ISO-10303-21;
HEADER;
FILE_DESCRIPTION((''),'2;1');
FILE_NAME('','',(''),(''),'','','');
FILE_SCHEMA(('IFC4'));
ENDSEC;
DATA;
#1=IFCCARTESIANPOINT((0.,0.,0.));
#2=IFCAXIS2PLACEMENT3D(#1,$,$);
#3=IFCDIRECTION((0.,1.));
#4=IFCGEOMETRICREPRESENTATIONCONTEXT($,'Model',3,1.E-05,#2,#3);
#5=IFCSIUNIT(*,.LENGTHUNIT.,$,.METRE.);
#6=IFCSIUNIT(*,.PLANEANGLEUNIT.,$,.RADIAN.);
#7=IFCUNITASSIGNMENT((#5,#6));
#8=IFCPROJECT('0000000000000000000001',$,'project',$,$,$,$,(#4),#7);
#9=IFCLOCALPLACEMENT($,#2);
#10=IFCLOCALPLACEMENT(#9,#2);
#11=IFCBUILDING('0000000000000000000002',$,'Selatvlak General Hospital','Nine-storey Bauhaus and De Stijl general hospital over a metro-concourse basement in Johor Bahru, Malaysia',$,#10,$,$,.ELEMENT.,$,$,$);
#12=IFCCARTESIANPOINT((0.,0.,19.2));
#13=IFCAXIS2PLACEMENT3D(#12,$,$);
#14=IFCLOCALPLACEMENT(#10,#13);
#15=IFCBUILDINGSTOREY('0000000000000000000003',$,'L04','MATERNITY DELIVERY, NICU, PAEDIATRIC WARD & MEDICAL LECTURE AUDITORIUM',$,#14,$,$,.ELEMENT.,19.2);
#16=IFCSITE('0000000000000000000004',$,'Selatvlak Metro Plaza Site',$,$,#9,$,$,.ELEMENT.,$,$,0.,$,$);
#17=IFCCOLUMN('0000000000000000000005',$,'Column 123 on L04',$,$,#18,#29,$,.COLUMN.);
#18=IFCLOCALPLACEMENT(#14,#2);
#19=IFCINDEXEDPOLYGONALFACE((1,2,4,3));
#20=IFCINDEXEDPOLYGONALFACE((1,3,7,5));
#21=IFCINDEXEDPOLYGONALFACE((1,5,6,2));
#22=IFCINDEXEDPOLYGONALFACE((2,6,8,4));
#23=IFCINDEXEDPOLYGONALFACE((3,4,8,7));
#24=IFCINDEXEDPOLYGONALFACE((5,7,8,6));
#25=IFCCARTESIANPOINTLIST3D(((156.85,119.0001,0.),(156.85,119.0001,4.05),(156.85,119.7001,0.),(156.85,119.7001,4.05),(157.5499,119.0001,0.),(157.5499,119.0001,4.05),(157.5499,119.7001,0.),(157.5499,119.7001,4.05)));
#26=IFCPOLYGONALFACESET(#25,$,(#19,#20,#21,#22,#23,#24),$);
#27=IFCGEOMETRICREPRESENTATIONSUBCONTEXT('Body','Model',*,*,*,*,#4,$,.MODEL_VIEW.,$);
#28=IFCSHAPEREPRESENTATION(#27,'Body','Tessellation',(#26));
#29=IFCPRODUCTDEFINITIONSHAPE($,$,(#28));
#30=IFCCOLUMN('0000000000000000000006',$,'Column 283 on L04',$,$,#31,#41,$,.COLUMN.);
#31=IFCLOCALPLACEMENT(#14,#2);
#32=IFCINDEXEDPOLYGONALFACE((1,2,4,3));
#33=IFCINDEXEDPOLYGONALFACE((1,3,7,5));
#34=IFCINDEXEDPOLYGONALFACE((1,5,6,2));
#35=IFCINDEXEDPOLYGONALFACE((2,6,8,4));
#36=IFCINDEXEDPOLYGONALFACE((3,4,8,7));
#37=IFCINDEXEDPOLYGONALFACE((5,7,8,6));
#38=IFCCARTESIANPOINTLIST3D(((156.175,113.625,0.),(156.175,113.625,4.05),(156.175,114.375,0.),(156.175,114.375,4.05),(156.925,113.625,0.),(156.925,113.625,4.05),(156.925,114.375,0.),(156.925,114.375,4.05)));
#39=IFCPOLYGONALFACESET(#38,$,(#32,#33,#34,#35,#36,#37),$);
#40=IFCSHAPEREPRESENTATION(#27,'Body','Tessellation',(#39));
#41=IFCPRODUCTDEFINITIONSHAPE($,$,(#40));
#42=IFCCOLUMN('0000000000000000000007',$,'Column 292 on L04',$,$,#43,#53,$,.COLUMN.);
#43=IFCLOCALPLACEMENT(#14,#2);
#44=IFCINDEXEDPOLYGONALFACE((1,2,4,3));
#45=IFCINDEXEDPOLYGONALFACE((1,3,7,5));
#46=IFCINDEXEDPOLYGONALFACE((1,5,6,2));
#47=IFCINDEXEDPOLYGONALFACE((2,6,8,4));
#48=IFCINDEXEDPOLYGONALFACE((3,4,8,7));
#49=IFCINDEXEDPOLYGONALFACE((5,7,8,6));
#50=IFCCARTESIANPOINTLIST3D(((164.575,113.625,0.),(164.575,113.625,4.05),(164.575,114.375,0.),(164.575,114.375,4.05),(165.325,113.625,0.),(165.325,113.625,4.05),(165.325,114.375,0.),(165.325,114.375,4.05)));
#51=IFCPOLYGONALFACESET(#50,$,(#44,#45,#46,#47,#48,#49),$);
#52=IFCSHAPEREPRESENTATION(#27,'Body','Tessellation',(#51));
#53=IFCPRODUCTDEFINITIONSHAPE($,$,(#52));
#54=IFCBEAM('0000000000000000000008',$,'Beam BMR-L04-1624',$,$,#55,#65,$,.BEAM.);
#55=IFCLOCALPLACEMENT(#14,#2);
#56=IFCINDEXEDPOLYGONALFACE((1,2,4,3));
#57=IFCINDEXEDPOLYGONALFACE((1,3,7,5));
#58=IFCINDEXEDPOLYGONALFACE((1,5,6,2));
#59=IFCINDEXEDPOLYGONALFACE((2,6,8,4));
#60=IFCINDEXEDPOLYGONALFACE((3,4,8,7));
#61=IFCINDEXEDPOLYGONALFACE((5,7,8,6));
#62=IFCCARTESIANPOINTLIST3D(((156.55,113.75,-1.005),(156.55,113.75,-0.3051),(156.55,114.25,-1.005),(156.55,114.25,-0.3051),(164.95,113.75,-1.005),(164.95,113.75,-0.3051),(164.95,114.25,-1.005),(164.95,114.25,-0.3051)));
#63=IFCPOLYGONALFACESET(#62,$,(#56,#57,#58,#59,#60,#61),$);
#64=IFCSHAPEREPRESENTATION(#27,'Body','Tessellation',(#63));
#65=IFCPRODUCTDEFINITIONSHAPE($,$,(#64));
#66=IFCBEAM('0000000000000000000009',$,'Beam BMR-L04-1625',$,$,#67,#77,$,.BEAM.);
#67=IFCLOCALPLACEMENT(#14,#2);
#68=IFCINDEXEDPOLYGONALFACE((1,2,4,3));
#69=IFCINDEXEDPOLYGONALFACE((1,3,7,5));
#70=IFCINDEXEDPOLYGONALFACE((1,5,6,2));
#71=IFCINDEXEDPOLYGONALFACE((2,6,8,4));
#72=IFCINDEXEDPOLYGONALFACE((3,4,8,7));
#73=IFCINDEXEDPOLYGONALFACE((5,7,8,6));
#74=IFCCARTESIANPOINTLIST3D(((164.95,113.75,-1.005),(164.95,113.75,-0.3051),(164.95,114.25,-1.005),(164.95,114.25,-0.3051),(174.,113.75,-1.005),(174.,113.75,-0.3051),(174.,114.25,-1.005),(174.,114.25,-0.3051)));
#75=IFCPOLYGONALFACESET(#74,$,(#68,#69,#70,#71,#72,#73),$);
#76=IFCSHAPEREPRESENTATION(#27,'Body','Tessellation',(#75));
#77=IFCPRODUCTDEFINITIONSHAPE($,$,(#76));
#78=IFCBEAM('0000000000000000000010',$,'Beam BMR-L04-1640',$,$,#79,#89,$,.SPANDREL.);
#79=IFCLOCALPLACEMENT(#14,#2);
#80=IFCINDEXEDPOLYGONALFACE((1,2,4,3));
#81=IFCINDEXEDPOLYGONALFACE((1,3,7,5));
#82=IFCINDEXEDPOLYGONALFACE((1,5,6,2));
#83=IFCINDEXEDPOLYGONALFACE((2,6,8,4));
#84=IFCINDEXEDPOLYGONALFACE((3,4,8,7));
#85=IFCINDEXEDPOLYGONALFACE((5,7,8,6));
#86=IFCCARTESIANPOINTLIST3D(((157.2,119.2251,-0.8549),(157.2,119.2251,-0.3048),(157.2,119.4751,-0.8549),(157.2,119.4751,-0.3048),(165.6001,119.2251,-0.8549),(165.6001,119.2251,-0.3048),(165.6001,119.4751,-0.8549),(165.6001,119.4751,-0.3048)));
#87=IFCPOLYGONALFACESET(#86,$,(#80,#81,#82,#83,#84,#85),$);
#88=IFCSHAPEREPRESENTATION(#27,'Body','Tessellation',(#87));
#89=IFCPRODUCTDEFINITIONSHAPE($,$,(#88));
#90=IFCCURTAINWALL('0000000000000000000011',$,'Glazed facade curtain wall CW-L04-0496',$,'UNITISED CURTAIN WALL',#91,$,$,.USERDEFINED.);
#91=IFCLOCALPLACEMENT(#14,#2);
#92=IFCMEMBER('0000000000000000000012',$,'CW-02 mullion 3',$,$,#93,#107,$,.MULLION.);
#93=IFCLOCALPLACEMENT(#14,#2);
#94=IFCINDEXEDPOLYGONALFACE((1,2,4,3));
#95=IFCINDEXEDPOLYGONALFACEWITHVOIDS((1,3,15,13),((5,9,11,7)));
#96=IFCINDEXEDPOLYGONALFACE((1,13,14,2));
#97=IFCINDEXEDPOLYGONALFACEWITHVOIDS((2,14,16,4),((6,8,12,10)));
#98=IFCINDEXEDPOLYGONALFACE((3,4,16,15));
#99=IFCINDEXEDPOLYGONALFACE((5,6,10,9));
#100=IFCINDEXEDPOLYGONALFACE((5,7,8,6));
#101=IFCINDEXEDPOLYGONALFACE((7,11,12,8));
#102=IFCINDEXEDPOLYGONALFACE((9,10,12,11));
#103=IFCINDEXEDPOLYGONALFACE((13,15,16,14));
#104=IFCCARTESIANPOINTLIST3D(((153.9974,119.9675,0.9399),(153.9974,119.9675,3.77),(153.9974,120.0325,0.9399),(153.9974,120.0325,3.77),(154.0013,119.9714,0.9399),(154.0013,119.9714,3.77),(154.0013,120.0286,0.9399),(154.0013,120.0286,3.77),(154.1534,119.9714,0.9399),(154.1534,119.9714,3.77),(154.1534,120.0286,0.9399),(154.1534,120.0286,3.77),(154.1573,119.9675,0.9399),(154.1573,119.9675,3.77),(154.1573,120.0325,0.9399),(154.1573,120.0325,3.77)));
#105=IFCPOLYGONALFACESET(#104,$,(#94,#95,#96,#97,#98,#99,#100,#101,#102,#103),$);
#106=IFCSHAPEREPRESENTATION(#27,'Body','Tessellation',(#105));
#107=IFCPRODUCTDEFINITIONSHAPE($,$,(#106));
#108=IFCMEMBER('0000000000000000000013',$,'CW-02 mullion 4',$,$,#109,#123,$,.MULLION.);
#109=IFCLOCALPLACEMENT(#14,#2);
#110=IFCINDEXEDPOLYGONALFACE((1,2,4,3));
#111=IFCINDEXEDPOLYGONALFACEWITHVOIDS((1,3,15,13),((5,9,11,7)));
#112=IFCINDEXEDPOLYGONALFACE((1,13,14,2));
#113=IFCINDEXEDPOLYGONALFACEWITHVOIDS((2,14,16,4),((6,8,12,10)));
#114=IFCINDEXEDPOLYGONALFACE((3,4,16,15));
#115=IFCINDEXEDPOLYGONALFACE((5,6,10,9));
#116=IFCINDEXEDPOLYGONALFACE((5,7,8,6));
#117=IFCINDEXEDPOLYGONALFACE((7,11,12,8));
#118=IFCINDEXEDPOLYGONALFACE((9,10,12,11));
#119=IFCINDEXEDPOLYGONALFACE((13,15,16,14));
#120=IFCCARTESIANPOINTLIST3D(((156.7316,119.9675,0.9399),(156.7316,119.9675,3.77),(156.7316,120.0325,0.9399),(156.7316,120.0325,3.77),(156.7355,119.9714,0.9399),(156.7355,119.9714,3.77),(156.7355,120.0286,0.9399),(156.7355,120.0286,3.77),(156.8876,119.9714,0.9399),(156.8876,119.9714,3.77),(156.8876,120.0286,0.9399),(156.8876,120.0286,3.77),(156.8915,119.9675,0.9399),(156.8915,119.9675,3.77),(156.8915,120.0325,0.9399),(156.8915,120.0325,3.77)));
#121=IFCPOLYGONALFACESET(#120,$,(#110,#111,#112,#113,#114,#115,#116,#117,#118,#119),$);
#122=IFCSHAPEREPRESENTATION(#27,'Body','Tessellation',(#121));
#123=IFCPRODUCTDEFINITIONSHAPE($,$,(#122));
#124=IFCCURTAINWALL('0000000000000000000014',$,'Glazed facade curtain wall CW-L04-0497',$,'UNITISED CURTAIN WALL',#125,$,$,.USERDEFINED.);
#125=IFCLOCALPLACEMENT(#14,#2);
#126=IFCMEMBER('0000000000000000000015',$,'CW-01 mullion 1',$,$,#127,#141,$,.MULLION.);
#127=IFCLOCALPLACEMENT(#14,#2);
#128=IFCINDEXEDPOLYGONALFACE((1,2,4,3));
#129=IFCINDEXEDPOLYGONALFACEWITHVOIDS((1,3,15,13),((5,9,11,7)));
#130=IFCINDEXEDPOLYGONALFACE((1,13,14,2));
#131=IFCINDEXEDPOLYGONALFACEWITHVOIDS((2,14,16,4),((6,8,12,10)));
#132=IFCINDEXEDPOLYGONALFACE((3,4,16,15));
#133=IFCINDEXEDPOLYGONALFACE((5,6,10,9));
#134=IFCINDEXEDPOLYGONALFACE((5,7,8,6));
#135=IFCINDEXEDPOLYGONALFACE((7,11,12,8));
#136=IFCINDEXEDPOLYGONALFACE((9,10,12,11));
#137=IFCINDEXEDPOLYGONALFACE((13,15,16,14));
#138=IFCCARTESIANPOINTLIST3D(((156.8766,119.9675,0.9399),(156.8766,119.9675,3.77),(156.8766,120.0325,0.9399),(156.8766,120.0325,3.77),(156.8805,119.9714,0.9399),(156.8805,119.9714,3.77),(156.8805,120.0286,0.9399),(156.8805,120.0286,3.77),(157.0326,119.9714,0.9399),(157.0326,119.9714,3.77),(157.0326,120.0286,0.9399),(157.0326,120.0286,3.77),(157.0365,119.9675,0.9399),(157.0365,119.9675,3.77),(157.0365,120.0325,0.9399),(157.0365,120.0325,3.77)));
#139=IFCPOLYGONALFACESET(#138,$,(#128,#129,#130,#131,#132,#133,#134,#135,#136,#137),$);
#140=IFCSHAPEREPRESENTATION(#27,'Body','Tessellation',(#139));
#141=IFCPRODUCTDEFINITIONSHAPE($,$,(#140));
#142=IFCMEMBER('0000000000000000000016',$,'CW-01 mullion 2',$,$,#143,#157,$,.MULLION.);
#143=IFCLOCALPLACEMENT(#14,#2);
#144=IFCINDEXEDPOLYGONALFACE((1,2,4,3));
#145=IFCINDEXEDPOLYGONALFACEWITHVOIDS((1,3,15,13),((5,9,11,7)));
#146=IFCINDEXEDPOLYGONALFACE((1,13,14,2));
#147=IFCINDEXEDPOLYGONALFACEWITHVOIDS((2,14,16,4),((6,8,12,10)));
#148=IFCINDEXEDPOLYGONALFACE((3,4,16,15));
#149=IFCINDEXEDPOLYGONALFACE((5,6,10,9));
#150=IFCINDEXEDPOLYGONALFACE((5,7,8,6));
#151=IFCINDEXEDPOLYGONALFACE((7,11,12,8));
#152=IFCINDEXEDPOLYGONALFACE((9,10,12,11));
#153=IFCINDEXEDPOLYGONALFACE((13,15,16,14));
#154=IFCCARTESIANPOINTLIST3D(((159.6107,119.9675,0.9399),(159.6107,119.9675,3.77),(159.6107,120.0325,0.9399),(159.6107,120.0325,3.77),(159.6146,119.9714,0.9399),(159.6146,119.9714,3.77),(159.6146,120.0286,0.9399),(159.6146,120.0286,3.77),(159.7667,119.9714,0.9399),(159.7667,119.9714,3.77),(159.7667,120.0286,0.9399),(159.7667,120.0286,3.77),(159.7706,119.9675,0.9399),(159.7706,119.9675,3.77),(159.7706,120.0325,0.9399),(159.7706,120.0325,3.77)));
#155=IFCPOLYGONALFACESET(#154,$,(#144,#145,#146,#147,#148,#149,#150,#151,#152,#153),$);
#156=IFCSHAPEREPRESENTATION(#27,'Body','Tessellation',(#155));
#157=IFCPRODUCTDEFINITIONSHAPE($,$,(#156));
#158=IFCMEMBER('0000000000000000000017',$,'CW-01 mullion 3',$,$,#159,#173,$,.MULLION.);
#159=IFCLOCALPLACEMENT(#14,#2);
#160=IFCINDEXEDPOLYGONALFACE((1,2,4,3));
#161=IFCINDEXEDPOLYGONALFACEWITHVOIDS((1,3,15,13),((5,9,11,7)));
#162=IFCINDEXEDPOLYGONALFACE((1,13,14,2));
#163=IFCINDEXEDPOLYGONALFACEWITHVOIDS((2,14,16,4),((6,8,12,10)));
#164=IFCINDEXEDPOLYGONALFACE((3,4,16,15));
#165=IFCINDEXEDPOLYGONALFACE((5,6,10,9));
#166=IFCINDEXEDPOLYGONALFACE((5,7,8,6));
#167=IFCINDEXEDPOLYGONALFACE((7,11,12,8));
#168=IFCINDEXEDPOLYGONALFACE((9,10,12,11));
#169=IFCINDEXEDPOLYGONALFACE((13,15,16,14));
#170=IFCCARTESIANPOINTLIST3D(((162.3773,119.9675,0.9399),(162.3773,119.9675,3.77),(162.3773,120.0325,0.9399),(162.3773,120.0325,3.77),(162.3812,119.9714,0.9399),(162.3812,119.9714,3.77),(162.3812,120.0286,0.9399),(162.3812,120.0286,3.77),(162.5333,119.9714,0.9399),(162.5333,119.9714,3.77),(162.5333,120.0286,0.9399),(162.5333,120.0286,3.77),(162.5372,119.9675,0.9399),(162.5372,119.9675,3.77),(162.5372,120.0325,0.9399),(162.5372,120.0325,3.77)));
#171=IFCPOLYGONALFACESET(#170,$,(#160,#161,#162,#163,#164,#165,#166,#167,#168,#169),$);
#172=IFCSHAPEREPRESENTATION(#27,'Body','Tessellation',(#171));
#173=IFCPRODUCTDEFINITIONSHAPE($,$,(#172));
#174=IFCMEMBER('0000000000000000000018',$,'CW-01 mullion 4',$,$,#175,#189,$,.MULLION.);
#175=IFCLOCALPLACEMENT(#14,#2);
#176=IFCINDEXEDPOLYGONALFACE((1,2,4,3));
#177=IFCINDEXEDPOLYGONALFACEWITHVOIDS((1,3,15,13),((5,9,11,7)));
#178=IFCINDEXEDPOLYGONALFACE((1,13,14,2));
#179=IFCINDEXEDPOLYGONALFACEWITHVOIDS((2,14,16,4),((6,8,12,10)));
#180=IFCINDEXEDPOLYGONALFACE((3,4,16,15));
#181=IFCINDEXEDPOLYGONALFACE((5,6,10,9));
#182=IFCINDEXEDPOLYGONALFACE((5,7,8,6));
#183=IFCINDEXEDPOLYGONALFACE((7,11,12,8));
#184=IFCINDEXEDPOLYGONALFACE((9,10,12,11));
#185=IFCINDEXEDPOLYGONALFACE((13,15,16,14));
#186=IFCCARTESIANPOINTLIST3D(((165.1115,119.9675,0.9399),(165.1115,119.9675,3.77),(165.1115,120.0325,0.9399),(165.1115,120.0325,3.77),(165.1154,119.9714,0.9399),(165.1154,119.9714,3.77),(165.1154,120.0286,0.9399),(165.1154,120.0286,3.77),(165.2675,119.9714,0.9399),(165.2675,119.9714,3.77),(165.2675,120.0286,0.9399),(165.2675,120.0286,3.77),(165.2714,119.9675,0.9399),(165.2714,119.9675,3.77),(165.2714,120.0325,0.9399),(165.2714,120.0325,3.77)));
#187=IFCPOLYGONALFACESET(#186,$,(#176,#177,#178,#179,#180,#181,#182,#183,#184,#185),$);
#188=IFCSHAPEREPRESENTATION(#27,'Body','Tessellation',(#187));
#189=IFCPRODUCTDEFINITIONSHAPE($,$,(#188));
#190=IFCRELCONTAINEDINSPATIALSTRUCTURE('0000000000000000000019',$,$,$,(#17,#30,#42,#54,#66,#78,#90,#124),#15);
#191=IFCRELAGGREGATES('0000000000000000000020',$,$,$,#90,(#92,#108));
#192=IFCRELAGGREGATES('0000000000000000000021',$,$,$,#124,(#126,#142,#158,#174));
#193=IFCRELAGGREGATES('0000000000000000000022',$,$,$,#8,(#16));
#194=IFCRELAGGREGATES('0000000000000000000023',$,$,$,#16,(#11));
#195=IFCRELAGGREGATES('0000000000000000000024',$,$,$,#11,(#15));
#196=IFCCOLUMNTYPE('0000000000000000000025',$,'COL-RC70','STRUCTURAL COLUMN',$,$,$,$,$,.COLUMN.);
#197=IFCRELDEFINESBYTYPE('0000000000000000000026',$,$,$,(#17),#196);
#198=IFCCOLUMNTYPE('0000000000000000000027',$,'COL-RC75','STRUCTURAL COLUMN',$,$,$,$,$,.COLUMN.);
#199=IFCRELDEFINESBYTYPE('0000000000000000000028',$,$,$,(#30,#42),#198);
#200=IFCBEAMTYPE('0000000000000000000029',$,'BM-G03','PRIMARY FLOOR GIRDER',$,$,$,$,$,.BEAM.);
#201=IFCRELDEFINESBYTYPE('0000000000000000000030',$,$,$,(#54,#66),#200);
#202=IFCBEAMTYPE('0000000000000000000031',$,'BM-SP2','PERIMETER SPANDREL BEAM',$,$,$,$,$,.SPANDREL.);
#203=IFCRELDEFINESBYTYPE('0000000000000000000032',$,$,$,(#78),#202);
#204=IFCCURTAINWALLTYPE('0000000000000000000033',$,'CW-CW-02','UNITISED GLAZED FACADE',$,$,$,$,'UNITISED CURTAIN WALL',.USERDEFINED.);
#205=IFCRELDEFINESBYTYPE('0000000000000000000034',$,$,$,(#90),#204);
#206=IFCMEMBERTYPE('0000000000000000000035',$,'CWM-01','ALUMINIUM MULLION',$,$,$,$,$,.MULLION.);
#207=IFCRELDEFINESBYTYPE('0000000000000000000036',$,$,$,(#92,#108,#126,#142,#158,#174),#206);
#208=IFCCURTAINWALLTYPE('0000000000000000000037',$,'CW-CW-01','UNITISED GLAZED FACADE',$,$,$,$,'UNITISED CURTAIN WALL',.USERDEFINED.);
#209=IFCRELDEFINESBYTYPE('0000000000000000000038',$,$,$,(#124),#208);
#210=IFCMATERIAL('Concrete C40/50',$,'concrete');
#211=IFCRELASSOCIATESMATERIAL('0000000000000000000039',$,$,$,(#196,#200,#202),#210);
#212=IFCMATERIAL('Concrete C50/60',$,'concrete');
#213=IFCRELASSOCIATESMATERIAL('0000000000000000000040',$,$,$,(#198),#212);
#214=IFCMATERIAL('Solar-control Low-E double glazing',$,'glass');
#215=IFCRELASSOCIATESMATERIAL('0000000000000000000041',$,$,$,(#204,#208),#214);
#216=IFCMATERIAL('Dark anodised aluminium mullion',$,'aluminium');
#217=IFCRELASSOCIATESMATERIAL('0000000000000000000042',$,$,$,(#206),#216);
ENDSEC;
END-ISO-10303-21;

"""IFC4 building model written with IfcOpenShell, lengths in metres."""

from ifc_helpers import new_model, si_unit, direction, frame, origin, origin_2d, place, context, subcontext, project, spatial, rectangle, hollow_rectangle, extrude, material, material_profile, profile_set, type_object, element, aggregate, save


model = new_model("IFC4")

# Units and contexts
model_context = context("Model", 3, precision=1e-05, world=origin(), true_north=direction((0.0, 1.0)))
body_context = subcontext(model_context, "Body", "Model", "MODEL_VIEW")
ifc_project = project(units=[si_unit("LENGTHUNIT", "METRE"), si_unit("PLANEANGLEUNIT", "RADIAN")], contexts=[model_context])

# Site, building, storey
site_placement = place(None, origin())
site = spatial("IfcSite", under=ifc_project, at=site_placement, Name="Selatvlak Metro Plaza Site", CompositionType="ELEMENT", RefElevation=0.0)
building_placement = place(site_placement, origin())
building = spatial("IfcBuilding", under=site, at=building_placement, Name="Selatvlak General Hospital", Description="Nine-storey Bauhaus and De Stijl general hospital over a metro-concourse basement in Johor Bahru, Malaysia", CompositionType="ELEMENT")
storey_placement = place(building_placement, frame((0.0, 0.0, 19.2)))
storey = spatial("IfcBuildingStorey", under=building, at=storey_placement, Name="L04", Description="MATERNITY DELIVERY, NICU, PAEDIATRIC WARD & MEDICAL LECTURE AUDITORIUM", CompositionType="ELEMENT", Elevation=19.2)

# Columns
ifc_material_1 = material(Name="Concrete C40/50", Category="concrete")
ifc_material_profile_1 = material_profile(ifc_material_1, rectangle(XDim=0.7, YDim=0.7, at=origin_2d()), Name="RC-COL 700x700")
ifc_profile_set_1 = profile_set([ifc_material_profile_1], Name="Concrete C40/50")
column_type_1 = type_object("IfcColumnType", Name="COL-RC70", Description="STRUCTURAL COLUMN", PredefinedType="COLUMN", material=ifc_profile_set_1)
column_placement = place(storey_placement, frame((157.2, 119.3501, 0.0), z_axis=(0.0, 0.0, 1.0), x_axis=(1.0, 0.0, 0.0)))
element("IfcColumn", 1, at=column_placement, inside=storey, type_object=column_type_1, Name="Column 123 on L04", PredefinedType="COLUMN", context=body_context, shape_type="SweptSolid", body=[
    extrude(rectangle(XDim=0.7, YDim=0.7, at=origin_2d()), origin(), (0.0, 0.0, 1.0), 4.05),
])
ifc_material_2 = material(Name="Concrete C50/60", Category="concrete")
ifc_material_profile_2 = material_profile(ifc_material_2, rectangle(XDim=0.75, YDim=0.75, at=origin_2d()), Name="RC-COL 750x750")
ifc_profile_set_2 = profile_set([ifc_material_profile_2], Name="Concrete C50/60")
column_type_2 = type_object("IfcColumnType", Name="COL-RC75", Description="STRUCTURAL COLUMN", PredefinedType="COLUMN", material=ifc_profile_set_2)
for number, where, z_axis, x_axis, name in (
    (2, (156.55, 114.0, 0.0), (0.0, 0.0, 1.0), (1.0, 0.0, 0.0), "Column 283 on L04"),
    (3, (164.95, 114.0, 0.0), (0.0, 0.0, 1.0), (1.0, 0.0, 0.0), "Column 292 on L04"),
):
    element("IfcColumn", number, at=place(storey_placement, frame(where, z_axis=z_axis, x_axis=x_axis)), inside=storey, type_object=column_type_2, Name=name, PredefinedType="COLUMN", context=body_context, shape_type="SweptSolid", body=[
        extrude(rectangle(XDim=0.75, YDim=0.75, at=origin_2d()), origin(), (0.0, 0.0, 1.0), 4.05),
    ])

# Beams
ifc_material_profile_3 = material_profile(ifc_material_1, rectangle(XDim=0.5, YDim=0.7, at=origin_2d()), Name="RC-BM 500x700")
ifc_profile_set_3 = profile_set([ifc_material_profile_3], Name="Concrete C40/50")
beam_type_1 = type_object("IfcBeamType", Name="BM-G03", Description="PRIMARY FLOOR GIRDER", PredefinedType="BEAM", material=ifc_profile_set_3)
beam_1_placement = place(storey_placement, frame((156.55, 114.0, -0.655), z_axis=(1.0, 0.0, 0.0), x_axis=(0.0, 1.0, 0.0)))
element("IfcBeam", 4, at=beam_1_placement, inside=storey, type_object=beam_type_1, Name="Beam BMR-L04-1624", PredefinedType="BEAM", context=body_context, shape_type="SweptSolid", body=[
    extrude(rectangle(XDim=0.5, YDim=0.7, at=origin_2d()), origin(), (0.0, 0.0, 1.0), 8.3999),
])
beam_2_placement = place(storey_placement, frame((164.95, 114.0, -0.655), z_axis=(1.0, 0.0, 0.0), x_axis=(0.0, 1.0, 0.0)))
element("IfcBeam", 5, at=beam_2_placement, inside=storey, type_object=beam_type_1, Name="Beam BMR-L04-1625", PredefinedType="BEAM", context=body_context, shape_type="SweptSolid", body=[
    extrude(rectangle(XDim=0.5, YDim=0.7, at=origin_2d()), origin(), (0.0, 0.0, 1.0), 9.05),
])
ifc_material_profile_4 = material_profile(ifc_material_1, rectangle(XDim=0.25, YDim=0.55, at=origin_2d()), Name="RC-SP 250x550")
ifc_profile_set_4 = profile_set([ifc_material_profile_4], Name="Concrete C40/50")
beam_type_2 = type_object("IfcBeamType", Name="BM-SP2", Description="PERIMETER SPANDREL BEAM", PredefinedType="SPANDREL", material=ifc_profile_set_4)
beam_3_placement = place(storey_placement, frame((157.2, 119.3501, -0.5798), z_axis=(1.0, 0.0, 0.0), x_axis=(0.0, 1.0, 0.0)))
element("IfcBeam", 6, at=beam_3_placement, inside=storey, type_object=beam_type_2, Name="Beam BMR-L04-1640", PredefinedType="SPANDREL", context=body_context, shape_type="SweptSolid", body=[
    extrude(rectangle(XDim=0.25, YDim=0.55, at=origin_2d()), origin(), (0.0, 0.0, 1.0), 8.4001),
])

# Curtain walls, members
ifc_material_3 = material(Name="Solar-control Low-E double glazing", Category="glass")
curtain_wall_type_1 = type_object("IfcCurtainWallType", Name="CW-CW-02", Description="UNITISED GLAZED FACADE", ElementType="UNITISED CURTAIN WALL", PredefinedType="USERDEFINED", material=ifc_material_3)
curtain_wall_1_placement = place(storey_placement, origin())
curtain_wall_1 = element("IfcCurtainWall", 7, at=curtain_wall_1_placement, inside=storey, type_object=curtain_wall_type_1, Name="Glazed facade curtain wall CW-L04-0496", ObjectType="UNITISED CURTAIN WALL", PredefinedType="USERDEFINED")
ifc_material_4 = material(Name="Dark anodised aluminium mullion", Category="aluminium")
ifc_material_profile_5 = material_profile(ifc_material_4, hollow_rectangle(XDim=0.0649, YDim=0.1599, WallThickness=0.0039, at=origin_2d()), Name="AL-MUL 65x160x4")
ifc_profile_set_5 = profile_set([ifc_material_profile_5], Name="Dark anodised aluminium mullion")
member_type_1 = type_object("IfcMemberType", Name="CWM-01", Description="ALUMINIUM MULLION", PredefinedType="MULLION", material=ifc_profile_set_5)
member_1_placement = place(storey_placement, frame((154.0774, 120.0, 0.9399), z_axis=(0.0, 0.0, 1.0), x_axis=(0.0, 1.0, 0.0)))
member_1 = element("IfcMember", 8, at=member_1_placement, type_object=member_type_1, Name="CW-02 mullion 3", PredefinedType="MULLION", context=body_context, shape_type="SweptSolid", body=[
    extrude(hollow_rectangle(XDim=0.0649, YDim=0.1599, WallThickness=0.0039, at=origin_2d()), origin(), (0.0, 0.0, 1.0), 2.8301),
])
member_2_placement = place(storey_placement, frame((156.8115, 120.0, 0.9399), z_axis=(0.0, 0.0, 1.0), x_axis=(0.0, 1.0, 0.0)))
member_2 = element("IfcMember", 9, at=member_2_placement, type_object=member_type_1, Name="CW-02 mullion 4", PredefinedType="MULLION", context=body_context, shape_type="SweptSolid", body=[
    extrude(hollow_rectangle(XDim=0.0649, YDim=0.1599, WallThickness=0.0039, at=origin_2d()), origin(), (0.0, 0.0, 1.0), 2.8301),
])
curtain_wall_type_2 = type_object("IfcCurtainWallType", Name="CW-CW-01", Description="UNITISED GLAZED FACADE", ElementType="UNITISED CURTAIN WALL", PredefinedType="USERDEFINED", material=ifc_material_3)
curtain_wall_2_placement = place(storey_placement, origin())
curtain_wall_2 = element("IfcCurtainWall", 10, at=curtain_wall_2_placement, inside=storey, type_object=curtain_wall_type_2, Name="Glazed facade curtain wall CW-L04-0497", ObjectType="UNITISED CURTAIN WALL", PredefinedType="USERDEFINED")
member_3_placement = place(storey_placement, frame((156.9565, 120.0, 0.9399), z_axis=(0.0, 0.0, 1.0), x_axis=(0.0, 1.0, 0.0)))
member_3 = element("IfcMember", 11, at=member_3_placement, type_object=member_type_1, Name="CW-01 mullion 1", PredefinedType="MULLION", context=body_context, shape_type="SweptSolid", body=[
    extrude(hollow_rectangle(XDim=0.0649, YDim=0.1599, WallThickness=0.0039, at=origin_2d()), origin(), (0.0, 0.0, 1.0), 2.8301),
])
member_4_placement = place(storey_placement, frame((159.6907, 120.0, 0.9399), z_axis=(0.0, 0.0, 1.0), x_axis=(0.0, 1.0, 0.0)))
member_4 = element("IfcMember", 12, at=member_4_placement, type_object=member_type_1, Name="CW-01 mullion 2", PredefinedType="MULLION", context=body_context, shape_type="SweptSolid", body=[
    extrude(hollow_rectangle(XDim=0.0649, YDim=0.1599, WallThickness=0.0039, at=origin_2d()), origin(), (0.0, 0.0, 1.0), 2.8301),
])
member_5_placement = place(storey_placement, frame((162.4573, 120.0, 0.9399), z_axis=(0.0, 0.0, 1.0), x_axis=(0.0, 1.0, 0.0)))
member_5 = element("IfcMember", 13, at=member_5_placement, type_object=member_type_1, Name="CW-01 mullion 3", PredefinedType="MULLION", context=body_context, shape_type="SweptSolid", body=[
    extrude(hollow_rectangle(XDim=0.0649, YDim=0.1599, WallThickness=0.0039, at=origin_2d()), origin(), (0.0, 0.0, 1.0), 2.8301),
])
member_6_placement = place(storey_placement, frame((165.1914, 120.0, 0.9399), z_axis=(0.0, 0.0, 1.0), x_axis=(0.0, 1.0, 0.0)))
member_6 = element("IfcMember", 14, at=member_6_placement, type_object=member_type_1, Name="CW-01 mullion 4", PredefinedType="MULLION", context=body_context, shape_type="SweptSolid", body=[
    extrude(hollow_rectangle(XDim=0.0649, YDim=0.1599, WallThickness=0.0039, at=origin_2d()), origin(), (0.0, 0.0, 1.0), 2.8301),
])

aggregate(curtain_wall_1, [member_1, member_2])
aggregate(curtain_wall_2, [member_3, member_4, member_5, member_6])

save(model, "model.ifc")
